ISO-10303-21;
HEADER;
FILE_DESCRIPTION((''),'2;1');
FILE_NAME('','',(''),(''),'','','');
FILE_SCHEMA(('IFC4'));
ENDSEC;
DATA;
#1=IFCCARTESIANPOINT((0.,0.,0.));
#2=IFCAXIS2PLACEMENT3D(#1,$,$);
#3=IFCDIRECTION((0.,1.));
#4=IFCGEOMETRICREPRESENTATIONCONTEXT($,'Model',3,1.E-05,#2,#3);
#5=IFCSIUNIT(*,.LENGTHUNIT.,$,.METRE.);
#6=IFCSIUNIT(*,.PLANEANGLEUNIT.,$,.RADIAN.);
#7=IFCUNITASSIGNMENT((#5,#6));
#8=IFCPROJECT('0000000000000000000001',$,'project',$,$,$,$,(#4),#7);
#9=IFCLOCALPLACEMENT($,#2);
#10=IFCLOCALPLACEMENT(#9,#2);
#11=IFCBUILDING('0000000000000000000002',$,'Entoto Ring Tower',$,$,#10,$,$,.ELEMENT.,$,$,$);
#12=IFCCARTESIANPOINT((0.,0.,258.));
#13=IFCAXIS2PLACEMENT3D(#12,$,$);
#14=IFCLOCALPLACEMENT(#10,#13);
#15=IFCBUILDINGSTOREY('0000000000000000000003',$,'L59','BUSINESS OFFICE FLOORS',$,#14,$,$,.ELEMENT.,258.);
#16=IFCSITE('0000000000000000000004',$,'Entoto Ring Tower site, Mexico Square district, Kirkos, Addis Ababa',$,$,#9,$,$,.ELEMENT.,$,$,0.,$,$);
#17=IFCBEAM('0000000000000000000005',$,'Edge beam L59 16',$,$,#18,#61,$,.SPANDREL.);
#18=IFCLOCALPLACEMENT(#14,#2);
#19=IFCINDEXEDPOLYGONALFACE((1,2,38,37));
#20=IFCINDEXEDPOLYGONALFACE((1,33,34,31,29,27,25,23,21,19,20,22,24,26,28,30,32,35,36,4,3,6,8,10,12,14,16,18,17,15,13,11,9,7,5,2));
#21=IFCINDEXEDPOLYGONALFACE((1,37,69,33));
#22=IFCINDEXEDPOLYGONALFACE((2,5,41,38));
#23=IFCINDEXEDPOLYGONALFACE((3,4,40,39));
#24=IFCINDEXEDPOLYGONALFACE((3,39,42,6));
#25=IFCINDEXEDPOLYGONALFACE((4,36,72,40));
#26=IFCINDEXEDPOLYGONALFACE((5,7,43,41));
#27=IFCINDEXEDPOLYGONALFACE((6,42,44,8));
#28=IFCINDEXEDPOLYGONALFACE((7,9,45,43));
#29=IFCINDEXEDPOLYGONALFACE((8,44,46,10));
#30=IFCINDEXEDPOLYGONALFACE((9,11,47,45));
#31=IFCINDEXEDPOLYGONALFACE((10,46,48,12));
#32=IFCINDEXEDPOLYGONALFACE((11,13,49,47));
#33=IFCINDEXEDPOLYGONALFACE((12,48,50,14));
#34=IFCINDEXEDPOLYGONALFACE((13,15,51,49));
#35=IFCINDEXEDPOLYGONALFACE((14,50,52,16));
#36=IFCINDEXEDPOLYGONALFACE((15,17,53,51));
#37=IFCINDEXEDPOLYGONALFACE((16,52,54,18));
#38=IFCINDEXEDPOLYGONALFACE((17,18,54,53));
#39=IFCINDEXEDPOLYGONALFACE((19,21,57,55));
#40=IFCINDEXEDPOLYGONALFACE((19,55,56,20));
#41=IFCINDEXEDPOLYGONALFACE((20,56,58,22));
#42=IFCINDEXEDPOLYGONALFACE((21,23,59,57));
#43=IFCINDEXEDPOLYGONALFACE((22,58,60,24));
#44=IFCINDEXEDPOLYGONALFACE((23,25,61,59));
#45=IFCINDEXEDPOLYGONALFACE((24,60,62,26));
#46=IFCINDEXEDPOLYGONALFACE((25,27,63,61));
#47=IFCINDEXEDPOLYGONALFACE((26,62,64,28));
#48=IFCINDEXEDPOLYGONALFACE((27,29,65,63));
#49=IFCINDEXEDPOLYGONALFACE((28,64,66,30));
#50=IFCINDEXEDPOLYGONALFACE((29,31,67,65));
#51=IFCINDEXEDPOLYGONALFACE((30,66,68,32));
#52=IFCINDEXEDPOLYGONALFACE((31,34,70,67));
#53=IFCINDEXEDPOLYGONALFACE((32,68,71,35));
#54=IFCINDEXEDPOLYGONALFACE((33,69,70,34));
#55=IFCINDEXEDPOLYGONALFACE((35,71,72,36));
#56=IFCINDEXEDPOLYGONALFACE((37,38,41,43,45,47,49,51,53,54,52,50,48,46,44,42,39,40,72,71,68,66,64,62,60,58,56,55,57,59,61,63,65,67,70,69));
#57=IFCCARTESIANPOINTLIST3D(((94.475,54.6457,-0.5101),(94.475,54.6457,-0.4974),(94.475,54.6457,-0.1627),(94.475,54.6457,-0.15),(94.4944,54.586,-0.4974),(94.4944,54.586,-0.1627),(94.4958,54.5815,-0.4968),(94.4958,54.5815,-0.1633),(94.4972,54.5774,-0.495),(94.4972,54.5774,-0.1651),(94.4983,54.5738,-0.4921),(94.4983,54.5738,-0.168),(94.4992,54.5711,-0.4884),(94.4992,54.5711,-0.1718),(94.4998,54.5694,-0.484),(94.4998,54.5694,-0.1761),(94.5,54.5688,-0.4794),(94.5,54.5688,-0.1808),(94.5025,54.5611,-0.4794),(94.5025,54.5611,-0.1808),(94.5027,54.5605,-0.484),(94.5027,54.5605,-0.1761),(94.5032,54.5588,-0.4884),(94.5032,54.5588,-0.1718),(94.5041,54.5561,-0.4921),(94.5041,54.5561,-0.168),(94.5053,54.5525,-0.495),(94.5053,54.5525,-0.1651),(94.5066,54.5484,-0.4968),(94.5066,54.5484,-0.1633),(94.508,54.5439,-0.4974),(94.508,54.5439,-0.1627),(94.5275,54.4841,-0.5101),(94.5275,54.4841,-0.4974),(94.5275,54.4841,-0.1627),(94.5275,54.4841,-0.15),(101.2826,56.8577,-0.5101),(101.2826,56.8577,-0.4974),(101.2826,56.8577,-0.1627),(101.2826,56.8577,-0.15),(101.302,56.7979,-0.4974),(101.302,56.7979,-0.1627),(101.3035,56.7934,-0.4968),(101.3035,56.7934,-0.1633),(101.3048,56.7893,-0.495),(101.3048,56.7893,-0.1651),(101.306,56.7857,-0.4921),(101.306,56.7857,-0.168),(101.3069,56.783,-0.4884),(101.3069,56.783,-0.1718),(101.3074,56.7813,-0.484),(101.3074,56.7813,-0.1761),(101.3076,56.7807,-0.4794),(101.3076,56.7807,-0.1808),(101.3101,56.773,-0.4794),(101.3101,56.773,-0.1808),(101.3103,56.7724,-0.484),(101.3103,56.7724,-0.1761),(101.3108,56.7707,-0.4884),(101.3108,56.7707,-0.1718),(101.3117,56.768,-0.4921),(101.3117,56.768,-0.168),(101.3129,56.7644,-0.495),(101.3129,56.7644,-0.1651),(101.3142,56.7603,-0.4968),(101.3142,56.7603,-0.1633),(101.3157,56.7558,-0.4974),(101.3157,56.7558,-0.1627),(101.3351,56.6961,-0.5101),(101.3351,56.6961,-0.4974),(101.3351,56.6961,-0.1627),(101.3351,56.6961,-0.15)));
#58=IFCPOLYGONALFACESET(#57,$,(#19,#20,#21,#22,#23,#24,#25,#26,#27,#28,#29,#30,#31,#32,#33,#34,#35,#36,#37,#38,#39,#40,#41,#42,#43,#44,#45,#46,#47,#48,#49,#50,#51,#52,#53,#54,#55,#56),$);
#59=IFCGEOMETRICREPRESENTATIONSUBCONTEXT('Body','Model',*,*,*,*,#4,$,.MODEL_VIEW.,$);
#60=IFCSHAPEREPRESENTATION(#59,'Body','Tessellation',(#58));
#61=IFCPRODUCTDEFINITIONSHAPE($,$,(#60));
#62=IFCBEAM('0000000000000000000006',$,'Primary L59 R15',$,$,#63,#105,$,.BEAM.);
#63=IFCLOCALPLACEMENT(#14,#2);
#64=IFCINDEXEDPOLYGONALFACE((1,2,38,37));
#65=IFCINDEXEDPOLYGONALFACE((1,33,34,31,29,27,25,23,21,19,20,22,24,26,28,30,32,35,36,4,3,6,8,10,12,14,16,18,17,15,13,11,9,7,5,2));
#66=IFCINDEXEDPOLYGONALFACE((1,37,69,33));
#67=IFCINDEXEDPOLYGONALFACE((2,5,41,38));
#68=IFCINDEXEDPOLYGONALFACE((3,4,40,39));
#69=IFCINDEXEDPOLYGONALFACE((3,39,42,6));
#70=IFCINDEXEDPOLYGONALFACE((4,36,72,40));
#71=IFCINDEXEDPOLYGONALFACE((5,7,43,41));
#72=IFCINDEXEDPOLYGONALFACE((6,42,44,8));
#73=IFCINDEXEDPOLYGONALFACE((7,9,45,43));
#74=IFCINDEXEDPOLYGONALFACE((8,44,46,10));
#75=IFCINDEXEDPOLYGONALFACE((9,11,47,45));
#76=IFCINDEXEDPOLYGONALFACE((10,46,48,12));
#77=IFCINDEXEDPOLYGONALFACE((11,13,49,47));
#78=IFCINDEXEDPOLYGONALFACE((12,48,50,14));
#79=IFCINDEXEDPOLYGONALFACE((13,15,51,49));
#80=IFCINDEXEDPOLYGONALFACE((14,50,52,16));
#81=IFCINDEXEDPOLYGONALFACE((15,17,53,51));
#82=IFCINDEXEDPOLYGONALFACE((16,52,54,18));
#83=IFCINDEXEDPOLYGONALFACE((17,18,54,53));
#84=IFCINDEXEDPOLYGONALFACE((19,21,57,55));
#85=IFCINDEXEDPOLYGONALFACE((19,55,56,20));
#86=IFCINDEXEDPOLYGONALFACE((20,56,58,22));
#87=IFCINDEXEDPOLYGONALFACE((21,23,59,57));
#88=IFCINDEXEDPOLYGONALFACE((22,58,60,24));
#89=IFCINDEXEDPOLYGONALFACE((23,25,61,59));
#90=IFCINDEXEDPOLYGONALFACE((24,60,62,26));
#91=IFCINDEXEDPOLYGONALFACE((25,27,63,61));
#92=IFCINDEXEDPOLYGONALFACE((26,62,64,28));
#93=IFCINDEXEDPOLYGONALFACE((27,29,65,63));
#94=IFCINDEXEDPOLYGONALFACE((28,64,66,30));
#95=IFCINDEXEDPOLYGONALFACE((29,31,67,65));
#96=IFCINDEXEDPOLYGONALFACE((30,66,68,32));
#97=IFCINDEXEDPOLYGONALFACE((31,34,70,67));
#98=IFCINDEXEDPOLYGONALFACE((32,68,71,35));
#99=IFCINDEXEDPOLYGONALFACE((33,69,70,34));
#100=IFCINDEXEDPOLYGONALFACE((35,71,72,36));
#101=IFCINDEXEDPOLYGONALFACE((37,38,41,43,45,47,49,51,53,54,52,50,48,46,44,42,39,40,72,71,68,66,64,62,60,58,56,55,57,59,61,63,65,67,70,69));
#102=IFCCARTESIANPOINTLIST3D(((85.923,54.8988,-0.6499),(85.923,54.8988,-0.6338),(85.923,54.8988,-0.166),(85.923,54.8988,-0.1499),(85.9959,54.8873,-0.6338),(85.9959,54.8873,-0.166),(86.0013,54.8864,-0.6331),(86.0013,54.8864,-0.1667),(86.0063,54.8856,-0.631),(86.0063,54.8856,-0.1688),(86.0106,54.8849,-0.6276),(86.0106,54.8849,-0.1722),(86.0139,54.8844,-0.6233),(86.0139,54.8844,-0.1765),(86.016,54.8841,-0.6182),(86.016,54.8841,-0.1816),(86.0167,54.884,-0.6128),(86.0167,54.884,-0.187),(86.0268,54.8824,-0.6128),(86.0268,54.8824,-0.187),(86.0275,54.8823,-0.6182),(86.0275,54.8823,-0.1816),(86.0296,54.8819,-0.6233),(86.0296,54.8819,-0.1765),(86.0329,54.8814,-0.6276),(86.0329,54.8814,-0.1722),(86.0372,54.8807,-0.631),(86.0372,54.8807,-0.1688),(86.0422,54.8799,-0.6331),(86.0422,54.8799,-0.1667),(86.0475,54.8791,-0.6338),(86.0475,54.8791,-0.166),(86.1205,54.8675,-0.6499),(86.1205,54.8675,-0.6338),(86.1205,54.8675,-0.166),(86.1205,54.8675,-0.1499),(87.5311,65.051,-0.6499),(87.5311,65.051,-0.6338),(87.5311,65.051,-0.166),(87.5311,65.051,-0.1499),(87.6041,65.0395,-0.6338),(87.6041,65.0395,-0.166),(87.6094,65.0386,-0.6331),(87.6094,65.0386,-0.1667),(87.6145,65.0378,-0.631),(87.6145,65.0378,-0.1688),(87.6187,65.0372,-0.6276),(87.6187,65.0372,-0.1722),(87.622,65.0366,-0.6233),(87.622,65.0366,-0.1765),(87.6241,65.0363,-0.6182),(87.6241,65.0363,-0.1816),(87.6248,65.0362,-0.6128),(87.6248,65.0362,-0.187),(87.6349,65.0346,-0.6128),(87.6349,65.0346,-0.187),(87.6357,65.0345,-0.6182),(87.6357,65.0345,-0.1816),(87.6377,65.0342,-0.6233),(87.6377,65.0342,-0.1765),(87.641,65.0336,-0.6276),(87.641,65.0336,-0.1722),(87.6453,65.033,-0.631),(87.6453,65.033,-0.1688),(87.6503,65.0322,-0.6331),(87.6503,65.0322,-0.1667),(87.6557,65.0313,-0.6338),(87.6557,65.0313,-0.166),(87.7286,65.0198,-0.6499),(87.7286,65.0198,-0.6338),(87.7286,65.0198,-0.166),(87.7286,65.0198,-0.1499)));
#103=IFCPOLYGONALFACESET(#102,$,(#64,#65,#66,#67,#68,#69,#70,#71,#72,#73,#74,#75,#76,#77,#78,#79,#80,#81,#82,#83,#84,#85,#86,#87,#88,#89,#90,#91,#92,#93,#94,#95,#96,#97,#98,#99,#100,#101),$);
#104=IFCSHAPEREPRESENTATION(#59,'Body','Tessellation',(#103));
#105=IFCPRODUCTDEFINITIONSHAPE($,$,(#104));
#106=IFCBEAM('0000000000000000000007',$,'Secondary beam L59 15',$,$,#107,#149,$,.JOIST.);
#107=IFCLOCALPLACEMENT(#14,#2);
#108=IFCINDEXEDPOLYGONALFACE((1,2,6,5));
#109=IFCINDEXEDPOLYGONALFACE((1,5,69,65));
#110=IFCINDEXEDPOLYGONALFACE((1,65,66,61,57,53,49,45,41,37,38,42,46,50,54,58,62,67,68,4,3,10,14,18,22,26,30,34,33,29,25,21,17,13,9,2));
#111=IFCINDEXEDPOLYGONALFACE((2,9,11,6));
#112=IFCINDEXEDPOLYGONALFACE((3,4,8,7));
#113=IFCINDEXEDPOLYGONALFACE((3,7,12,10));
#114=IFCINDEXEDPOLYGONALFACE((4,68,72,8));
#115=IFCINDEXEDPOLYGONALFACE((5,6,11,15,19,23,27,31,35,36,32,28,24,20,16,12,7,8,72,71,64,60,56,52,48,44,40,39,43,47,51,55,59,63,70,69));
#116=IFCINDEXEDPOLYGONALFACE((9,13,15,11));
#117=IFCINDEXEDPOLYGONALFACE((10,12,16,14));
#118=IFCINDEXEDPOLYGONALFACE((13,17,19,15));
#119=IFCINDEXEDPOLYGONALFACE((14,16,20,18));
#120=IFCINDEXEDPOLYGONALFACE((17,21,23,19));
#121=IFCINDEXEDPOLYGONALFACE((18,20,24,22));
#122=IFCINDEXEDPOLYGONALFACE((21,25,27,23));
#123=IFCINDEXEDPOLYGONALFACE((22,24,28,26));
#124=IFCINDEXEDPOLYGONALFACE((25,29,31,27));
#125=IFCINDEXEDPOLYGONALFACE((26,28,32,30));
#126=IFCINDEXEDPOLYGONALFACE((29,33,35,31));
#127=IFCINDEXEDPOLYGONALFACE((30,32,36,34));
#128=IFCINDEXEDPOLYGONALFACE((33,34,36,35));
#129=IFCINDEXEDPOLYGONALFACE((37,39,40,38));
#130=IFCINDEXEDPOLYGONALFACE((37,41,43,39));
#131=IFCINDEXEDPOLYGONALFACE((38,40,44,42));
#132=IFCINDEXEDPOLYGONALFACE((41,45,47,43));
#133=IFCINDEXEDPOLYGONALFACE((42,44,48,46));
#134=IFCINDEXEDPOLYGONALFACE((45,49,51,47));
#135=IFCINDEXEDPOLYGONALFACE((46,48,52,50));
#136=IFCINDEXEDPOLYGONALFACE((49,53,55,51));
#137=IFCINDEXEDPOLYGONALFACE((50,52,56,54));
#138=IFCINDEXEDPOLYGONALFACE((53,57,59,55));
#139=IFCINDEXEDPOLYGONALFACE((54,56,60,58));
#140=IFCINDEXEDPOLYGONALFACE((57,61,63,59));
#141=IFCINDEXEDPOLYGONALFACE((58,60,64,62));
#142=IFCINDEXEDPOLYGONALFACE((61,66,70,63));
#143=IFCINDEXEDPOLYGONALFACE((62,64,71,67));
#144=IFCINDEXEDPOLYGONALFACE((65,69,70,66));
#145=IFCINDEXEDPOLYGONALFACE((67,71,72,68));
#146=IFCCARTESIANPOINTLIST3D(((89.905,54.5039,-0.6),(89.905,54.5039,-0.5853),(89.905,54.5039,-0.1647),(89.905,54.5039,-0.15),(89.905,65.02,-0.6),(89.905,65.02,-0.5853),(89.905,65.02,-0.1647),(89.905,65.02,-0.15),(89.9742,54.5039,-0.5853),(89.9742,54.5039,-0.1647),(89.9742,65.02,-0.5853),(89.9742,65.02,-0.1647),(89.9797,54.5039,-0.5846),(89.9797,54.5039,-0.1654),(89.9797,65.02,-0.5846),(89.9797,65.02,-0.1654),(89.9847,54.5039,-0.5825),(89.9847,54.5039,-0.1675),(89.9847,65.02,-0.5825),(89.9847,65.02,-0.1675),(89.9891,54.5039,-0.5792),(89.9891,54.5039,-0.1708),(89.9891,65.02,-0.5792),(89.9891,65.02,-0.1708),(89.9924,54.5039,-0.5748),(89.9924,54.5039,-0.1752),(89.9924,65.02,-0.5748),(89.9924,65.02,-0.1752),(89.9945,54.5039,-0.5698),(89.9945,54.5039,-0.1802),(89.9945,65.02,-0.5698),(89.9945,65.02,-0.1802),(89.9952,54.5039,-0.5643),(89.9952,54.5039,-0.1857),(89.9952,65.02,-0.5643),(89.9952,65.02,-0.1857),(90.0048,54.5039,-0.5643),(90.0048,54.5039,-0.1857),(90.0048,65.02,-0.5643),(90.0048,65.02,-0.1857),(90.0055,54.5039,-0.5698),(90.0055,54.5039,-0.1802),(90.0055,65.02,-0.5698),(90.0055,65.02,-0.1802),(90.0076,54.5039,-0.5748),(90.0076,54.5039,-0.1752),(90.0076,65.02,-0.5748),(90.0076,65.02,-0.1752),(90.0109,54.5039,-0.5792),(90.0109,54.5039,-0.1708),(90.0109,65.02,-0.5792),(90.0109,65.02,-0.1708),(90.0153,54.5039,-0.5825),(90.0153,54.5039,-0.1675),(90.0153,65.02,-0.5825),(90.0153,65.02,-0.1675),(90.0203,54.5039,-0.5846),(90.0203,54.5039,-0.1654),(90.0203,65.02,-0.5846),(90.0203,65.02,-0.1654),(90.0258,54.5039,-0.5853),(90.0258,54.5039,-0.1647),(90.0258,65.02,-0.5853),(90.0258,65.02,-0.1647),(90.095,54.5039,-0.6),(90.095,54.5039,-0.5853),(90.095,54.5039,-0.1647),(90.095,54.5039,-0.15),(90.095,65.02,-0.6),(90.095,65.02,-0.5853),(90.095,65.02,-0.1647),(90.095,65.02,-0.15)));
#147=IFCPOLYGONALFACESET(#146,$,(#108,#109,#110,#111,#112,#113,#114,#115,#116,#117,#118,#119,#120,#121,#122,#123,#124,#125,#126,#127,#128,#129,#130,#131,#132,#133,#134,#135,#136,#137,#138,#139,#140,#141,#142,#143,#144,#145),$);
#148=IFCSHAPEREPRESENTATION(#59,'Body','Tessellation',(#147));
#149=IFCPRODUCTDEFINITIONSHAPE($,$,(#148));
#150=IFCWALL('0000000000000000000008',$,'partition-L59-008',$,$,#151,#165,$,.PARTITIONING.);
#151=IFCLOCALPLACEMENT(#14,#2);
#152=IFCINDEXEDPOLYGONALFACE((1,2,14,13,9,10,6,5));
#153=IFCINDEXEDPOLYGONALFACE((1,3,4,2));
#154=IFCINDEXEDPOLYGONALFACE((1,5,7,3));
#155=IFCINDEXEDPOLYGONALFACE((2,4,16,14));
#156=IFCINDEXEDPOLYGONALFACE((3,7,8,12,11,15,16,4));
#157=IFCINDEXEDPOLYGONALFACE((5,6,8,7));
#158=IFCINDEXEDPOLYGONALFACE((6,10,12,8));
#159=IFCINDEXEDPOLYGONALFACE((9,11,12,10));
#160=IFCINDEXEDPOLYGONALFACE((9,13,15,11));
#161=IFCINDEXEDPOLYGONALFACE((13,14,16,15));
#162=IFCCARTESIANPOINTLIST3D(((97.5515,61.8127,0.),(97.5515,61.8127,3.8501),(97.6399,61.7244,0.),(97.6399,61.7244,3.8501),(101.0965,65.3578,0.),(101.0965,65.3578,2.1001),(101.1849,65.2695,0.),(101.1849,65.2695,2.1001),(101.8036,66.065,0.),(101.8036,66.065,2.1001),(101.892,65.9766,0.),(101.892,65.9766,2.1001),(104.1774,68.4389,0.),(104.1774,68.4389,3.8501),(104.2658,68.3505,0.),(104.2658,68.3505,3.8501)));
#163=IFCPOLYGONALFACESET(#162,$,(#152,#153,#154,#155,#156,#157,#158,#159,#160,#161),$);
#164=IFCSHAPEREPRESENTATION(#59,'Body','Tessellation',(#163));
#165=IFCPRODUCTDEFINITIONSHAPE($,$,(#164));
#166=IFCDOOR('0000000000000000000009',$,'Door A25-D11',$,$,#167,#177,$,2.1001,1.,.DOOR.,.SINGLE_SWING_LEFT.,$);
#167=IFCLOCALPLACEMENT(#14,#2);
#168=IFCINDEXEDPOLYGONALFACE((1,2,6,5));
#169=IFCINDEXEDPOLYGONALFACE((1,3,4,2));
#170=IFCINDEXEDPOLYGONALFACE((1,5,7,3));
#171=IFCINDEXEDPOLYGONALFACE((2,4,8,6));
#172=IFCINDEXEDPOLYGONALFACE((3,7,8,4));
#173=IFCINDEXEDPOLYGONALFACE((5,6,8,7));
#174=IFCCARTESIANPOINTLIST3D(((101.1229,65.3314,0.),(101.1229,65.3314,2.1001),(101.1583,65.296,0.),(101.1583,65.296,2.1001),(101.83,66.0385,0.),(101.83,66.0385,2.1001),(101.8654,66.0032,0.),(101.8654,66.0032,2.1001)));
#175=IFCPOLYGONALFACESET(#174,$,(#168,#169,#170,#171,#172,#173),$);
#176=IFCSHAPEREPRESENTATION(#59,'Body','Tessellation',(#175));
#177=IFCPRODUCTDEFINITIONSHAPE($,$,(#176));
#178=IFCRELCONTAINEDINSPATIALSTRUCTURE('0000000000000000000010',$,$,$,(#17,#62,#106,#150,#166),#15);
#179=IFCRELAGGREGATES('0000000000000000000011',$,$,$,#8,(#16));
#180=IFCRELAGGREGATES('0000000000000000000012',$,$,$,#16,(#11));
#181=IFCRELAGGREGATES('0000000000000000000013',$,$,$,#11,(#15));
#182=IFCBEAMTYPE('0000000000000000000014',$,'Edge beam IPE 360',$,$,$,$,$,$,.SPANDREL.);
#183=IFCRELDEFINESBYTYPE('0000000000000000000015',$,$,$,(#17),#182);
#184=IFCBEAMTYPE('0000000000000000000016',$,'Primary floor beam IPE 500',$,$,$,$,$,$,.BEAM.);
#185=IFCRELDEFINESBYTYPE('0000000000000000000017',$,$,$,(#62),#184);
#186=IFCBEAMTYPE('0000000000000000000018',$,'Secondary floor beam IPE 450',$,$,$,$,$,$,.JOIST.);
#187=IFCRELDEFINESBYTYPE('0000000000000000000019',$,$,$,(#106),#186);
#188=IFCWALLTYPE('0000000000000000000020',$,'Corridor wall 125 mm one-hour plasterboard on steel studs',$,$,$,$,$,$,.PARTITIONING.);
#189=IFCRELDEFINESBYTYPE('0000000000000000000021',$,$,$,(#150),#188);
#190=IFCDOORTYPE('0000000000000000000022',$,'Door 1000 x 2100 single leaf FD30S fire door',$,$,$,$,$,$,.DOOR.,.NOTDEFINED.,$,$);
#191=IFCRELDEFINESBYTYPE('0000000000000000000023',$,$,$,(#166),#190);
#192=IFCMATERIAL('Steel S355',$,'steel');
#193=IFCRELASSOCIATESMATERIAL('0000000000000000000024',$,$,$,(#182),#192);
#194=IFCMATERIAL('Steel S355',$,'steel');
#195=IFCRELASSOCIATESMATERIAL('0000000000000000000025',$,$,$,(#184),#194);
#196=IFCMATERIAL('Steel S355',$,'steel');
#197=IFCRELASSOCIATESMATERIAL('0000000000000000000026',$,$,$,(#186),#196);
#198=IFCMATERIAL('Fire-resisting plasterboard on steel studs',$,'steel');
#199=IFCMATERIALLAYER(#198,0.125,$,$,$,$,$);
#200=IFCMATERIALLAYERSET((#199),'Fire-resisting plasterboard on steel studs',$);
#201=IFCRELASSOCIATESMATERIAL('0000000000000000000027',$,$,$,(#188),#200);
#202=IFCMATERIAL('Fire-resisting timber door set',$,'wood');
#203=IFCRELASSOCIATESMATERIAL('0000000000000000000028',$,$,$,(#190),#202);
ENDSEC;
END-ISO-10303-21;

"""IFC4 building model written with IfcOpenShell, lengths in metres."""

from ifc_helpers import new_model, si_unit, direction, frame, frame_2d, origin, origin_2d, place, context, subcontext, project, spatial, rectangle, i_section, extrude, material, layer, layer_set, material_profile, profile_set, type_object, element, fill, save


model = new_model("IFC4")

# Units and contexts
model_context = context("Model", 3, precision=1e-05, world=origin(), true_north=direction((0.0, 1.0)))
body_context = subcontext(model_context, "Body", "Model", "MODEL_VIEW")
ifc_project = project(units=[si_unit("LENGTHUNIT", "METRE"), si_unit("PLANEANGLEUNIT", "RADIAN")], contexts=[model_context])

# Site, building, storey
site_placement = place(None, origin())
site = spatial("IfcSite", under=ifc_project, at=site_placement, Name="Entoto Ring Tower site, Mexico Square district, Kirkos, Addis Ababa", CompositionType="ELEMENT", RefElevation=0.0)
building_placement = place(site_placement, origin())
building = spatial("IfcBuilding", under=site, at=building_placement, Name="Entoto Ring Tower", CompositionType="ELEMENT")
storey_placement = place(building_placement, frame((0.0, 0.0, 258.0)))
storey = spatial("IfcBuildingStorey", under=building, at=storey_placement, Name="L59", Description="BUSINESS OFFICE FLOORS", CompositionType="ELEMENT", Elevation=258.0)

# Beams
ifc_material_1 = material(Name="Steel S355", Category="steel")
ifc_material_profile_1 = material_profile(ifc_material_1, i_section(OverallWidth=0.1699, OverallDepth=0.3601, WebThickness=0.0081, FlangeThickness=0.0127, FilletRadius=0.0181, at=origin_2d()), Name="IPE 360")
ifc_profile_set_1 = profile_set([ifc_material_profile_1], Name="Steel S355")
beam_type_1 = type_object("IfcBeamType", Name="Edge beam IPE 360", PredefinedType="SPANDREL", material=ifc_profile_set_1)
beam_1_placement = place(storey_placement, frame((94.5012, 54.5649, -0.3301), z_axis=(0.951057, 0.309015, 0.0), x_axis=(-0.309015, 0.951057, 0.0)))
element("IfcBeam", 1, at=beam_1_placement, inside=storey, type_object=beam_type_1, Name="Edge beam L59 16", PredefinedType="SPANDREL", context=body_context, shape_type="SweptSolid", body=[
    extrude(i_section(OverallWidth=0.1699, OverallDepth=0.3601, WebThickness=0.0081, FlangeThickness=0.0127, FilletRadius=0.0181, at=origin_2d()), origin(), (0.0, 0.0, 1.0), 7.158),
])
ifc_material_2 = material(Name="Steel S355", Category="steel")
ifc_material_profile_2 = material_profile(ifc_material_2, i_section(OverallWidth=0.2, OverallDepth=0.5, WebThickness=0.0103, FlangeThickness=0.0161, FilletRadius=0.021, at=origin_2d()), Name="IPE 500")
ifc_profile_set_2 = profile_set([ifc_material_profile_2], Name="Steel S355")
beam_type_2 = type_object("IfcBeamType", Name="Primary floor beam IPE 500", PredefinedType="BEAM", material=ifc_profile_set_2)
beam_2_placement = place(storey_placement, frame((87.6299, 65.0354, -0.3999), z_axis=(-0.156452, -0.987686, 0.0), x_axis=(0.987686, -0.156452, 0.0)))
element("IfcBeam", 2, at=beam_2_placement, inside=storey, type_object=beam_type_2, Name="Primary L59 R15", PredefinedType="BEAM", context=body_context, shape_type="SweptSolid", body=[
    extrude(i_section(OverallWidth=0.2, OverallDepth=0.5, WebThickness=0.0103, FlangeThickness=0.0161, FilletRadius=0.021, at=origin_2d()), origin(), (0.0, 0.0, 1.0), 10.2788),
])
ifc_material_3 = material(Name="Steel S355", Category="steel")
ifc_material_profile_3 = material_profile(ifc_material_3, i_section(OverallWidth=0.1899, OverallDepth=0.45, WebThickness=0.0095, FlangeThickness=0.0146, FilletRadius=0.021, at=origin_2d()), Name="IPE 450")
ifc_profile_set_3 = profile_set([ifc_material_profile_3], Name="Steel S355")
beam_type_3 = type_object("IfcBeamType", Name="Secondary floor beam IPE 450", PredefinedType="JOIST", material=ifc_profile_set_3)
beam_3_placement = place(storey_placement, frame((90.0, 65.02, -0.375), z_axis=(0.0, -1.0, 0.0), x_axis=(1.0, 0.0, 0.0)))
element("IfcBeam", 3, at=beam_3_placement, inside=storey, type_object=beam_type_3, Name="Secondary beam L59 15", PredefinedType="JOIST", context=body_context, shape_type="SweptSolid", body=[
    extrude(i_section(OverallWidth=0.1899, OverallDepth=0.45, WebThickness=0.0095, FlangeThickness=0.0146, FilletRadius=0.021, at=origin_2d()), origin(), (0.0, 0.0, 1.0), 10.5161),
])

# Wall, opening, door
ifc_material_4 = material(Name="Fire-resisting plasterboard on steel studs", Category="steel")
ifc_layer_1 = layer(ifc_material_4, 0.125)
ifc_layer_set_1 = layer_set([ifc_layer_1], Name="Fire-resisting plasterboard on steel studs")
wall_type_1 = type_object("IfcWallType", Name="Corridor wall 125 mm one-hour plasterboard on steel studs", PredefinedType="PARTITIONING", material=ifc_layer_set_1)
wall_1_placement = place(storey_placement, frame((97.5957, 61.7686, 0.0), z_axis=(0.0, 0.0, 1.0), x_axis=(0.707094, 0.70712, 0.0)))
wall_1 = element("IfcWall", 4, at=wall_1_placement, inside=storey, type_object=wall_type_1, Name="partition-L59-008", PredefinedType="PARTITIONING", context=body_context, shape_type="SweptSolid", body=[
    extrude(rectangle(XDim=9.3706, YDim=0.125, at=frame_2d((4.6853, 0.0))), origin(), (0.0, 0.0, 1.0), 3.8501),
])
opening_1_placement = place(wall_1_placement, frame((5.0134, 0.0, 0.0)))
opening_1 = element("IfcOpeningElement", 5, at=opening_1_placement, cuts=wall_1, PredefinedType="OPENING", context=body_context, shape_type="SweptSolid", body=[
    extrude(rectangle(XDim=1.0, YDim=2.1001, at=frame_2d((0.5, 1.05))), frame((0.0, 0.0725, 0.0), z_axis=(0.0, -1.0, 0.0), x_axis=(1.0, 0.0, 0.0)), (0.0, 0.0, 1.0), 0.145),
])
ifc_material_5 = material(Name="Fire-resisting timber door set", Category="wood")
door_type_1 = type_object("IfcDoorType", Name="Door 1000 x 2100 single leaf FD30S fire door", OperationType="NOTDEFINED", PredefinedType="DOOR", material=ifc_material_5)
door_1_placement = place(opening_1_placement, frame((1.0, 0.0, 0.0), z_axis=(0.0, 0.0, 1.0), x_axis=(-1.0, 0.0, 0.0)))
door_1 = element("IfcDoor", 6, at=door_1_placement, inside=storey, type_object=door_type_1, Name="Door A25-D11", OperationType="SINGLE_SWING_LEFT", OverallHeight=2.1001, OverallWidth=1.0, PredefinedType="DOOR", context=body_context, shape_type="SweptSolid", body=[
    extrude(rectangle(XDim=1.0, YDim=2.1001, at=frame_2d((0.5, 1.05))), frame((0.0, 0.0249, 0.0), z_axis=(0.0, -1.0, 0.0), x_axis=(1.0, 0.0, 0.0)), (0.0, 0.0, 1.0), 0.05),
])
fill(opening_1, door_1)

save(model, "model.ifc")
